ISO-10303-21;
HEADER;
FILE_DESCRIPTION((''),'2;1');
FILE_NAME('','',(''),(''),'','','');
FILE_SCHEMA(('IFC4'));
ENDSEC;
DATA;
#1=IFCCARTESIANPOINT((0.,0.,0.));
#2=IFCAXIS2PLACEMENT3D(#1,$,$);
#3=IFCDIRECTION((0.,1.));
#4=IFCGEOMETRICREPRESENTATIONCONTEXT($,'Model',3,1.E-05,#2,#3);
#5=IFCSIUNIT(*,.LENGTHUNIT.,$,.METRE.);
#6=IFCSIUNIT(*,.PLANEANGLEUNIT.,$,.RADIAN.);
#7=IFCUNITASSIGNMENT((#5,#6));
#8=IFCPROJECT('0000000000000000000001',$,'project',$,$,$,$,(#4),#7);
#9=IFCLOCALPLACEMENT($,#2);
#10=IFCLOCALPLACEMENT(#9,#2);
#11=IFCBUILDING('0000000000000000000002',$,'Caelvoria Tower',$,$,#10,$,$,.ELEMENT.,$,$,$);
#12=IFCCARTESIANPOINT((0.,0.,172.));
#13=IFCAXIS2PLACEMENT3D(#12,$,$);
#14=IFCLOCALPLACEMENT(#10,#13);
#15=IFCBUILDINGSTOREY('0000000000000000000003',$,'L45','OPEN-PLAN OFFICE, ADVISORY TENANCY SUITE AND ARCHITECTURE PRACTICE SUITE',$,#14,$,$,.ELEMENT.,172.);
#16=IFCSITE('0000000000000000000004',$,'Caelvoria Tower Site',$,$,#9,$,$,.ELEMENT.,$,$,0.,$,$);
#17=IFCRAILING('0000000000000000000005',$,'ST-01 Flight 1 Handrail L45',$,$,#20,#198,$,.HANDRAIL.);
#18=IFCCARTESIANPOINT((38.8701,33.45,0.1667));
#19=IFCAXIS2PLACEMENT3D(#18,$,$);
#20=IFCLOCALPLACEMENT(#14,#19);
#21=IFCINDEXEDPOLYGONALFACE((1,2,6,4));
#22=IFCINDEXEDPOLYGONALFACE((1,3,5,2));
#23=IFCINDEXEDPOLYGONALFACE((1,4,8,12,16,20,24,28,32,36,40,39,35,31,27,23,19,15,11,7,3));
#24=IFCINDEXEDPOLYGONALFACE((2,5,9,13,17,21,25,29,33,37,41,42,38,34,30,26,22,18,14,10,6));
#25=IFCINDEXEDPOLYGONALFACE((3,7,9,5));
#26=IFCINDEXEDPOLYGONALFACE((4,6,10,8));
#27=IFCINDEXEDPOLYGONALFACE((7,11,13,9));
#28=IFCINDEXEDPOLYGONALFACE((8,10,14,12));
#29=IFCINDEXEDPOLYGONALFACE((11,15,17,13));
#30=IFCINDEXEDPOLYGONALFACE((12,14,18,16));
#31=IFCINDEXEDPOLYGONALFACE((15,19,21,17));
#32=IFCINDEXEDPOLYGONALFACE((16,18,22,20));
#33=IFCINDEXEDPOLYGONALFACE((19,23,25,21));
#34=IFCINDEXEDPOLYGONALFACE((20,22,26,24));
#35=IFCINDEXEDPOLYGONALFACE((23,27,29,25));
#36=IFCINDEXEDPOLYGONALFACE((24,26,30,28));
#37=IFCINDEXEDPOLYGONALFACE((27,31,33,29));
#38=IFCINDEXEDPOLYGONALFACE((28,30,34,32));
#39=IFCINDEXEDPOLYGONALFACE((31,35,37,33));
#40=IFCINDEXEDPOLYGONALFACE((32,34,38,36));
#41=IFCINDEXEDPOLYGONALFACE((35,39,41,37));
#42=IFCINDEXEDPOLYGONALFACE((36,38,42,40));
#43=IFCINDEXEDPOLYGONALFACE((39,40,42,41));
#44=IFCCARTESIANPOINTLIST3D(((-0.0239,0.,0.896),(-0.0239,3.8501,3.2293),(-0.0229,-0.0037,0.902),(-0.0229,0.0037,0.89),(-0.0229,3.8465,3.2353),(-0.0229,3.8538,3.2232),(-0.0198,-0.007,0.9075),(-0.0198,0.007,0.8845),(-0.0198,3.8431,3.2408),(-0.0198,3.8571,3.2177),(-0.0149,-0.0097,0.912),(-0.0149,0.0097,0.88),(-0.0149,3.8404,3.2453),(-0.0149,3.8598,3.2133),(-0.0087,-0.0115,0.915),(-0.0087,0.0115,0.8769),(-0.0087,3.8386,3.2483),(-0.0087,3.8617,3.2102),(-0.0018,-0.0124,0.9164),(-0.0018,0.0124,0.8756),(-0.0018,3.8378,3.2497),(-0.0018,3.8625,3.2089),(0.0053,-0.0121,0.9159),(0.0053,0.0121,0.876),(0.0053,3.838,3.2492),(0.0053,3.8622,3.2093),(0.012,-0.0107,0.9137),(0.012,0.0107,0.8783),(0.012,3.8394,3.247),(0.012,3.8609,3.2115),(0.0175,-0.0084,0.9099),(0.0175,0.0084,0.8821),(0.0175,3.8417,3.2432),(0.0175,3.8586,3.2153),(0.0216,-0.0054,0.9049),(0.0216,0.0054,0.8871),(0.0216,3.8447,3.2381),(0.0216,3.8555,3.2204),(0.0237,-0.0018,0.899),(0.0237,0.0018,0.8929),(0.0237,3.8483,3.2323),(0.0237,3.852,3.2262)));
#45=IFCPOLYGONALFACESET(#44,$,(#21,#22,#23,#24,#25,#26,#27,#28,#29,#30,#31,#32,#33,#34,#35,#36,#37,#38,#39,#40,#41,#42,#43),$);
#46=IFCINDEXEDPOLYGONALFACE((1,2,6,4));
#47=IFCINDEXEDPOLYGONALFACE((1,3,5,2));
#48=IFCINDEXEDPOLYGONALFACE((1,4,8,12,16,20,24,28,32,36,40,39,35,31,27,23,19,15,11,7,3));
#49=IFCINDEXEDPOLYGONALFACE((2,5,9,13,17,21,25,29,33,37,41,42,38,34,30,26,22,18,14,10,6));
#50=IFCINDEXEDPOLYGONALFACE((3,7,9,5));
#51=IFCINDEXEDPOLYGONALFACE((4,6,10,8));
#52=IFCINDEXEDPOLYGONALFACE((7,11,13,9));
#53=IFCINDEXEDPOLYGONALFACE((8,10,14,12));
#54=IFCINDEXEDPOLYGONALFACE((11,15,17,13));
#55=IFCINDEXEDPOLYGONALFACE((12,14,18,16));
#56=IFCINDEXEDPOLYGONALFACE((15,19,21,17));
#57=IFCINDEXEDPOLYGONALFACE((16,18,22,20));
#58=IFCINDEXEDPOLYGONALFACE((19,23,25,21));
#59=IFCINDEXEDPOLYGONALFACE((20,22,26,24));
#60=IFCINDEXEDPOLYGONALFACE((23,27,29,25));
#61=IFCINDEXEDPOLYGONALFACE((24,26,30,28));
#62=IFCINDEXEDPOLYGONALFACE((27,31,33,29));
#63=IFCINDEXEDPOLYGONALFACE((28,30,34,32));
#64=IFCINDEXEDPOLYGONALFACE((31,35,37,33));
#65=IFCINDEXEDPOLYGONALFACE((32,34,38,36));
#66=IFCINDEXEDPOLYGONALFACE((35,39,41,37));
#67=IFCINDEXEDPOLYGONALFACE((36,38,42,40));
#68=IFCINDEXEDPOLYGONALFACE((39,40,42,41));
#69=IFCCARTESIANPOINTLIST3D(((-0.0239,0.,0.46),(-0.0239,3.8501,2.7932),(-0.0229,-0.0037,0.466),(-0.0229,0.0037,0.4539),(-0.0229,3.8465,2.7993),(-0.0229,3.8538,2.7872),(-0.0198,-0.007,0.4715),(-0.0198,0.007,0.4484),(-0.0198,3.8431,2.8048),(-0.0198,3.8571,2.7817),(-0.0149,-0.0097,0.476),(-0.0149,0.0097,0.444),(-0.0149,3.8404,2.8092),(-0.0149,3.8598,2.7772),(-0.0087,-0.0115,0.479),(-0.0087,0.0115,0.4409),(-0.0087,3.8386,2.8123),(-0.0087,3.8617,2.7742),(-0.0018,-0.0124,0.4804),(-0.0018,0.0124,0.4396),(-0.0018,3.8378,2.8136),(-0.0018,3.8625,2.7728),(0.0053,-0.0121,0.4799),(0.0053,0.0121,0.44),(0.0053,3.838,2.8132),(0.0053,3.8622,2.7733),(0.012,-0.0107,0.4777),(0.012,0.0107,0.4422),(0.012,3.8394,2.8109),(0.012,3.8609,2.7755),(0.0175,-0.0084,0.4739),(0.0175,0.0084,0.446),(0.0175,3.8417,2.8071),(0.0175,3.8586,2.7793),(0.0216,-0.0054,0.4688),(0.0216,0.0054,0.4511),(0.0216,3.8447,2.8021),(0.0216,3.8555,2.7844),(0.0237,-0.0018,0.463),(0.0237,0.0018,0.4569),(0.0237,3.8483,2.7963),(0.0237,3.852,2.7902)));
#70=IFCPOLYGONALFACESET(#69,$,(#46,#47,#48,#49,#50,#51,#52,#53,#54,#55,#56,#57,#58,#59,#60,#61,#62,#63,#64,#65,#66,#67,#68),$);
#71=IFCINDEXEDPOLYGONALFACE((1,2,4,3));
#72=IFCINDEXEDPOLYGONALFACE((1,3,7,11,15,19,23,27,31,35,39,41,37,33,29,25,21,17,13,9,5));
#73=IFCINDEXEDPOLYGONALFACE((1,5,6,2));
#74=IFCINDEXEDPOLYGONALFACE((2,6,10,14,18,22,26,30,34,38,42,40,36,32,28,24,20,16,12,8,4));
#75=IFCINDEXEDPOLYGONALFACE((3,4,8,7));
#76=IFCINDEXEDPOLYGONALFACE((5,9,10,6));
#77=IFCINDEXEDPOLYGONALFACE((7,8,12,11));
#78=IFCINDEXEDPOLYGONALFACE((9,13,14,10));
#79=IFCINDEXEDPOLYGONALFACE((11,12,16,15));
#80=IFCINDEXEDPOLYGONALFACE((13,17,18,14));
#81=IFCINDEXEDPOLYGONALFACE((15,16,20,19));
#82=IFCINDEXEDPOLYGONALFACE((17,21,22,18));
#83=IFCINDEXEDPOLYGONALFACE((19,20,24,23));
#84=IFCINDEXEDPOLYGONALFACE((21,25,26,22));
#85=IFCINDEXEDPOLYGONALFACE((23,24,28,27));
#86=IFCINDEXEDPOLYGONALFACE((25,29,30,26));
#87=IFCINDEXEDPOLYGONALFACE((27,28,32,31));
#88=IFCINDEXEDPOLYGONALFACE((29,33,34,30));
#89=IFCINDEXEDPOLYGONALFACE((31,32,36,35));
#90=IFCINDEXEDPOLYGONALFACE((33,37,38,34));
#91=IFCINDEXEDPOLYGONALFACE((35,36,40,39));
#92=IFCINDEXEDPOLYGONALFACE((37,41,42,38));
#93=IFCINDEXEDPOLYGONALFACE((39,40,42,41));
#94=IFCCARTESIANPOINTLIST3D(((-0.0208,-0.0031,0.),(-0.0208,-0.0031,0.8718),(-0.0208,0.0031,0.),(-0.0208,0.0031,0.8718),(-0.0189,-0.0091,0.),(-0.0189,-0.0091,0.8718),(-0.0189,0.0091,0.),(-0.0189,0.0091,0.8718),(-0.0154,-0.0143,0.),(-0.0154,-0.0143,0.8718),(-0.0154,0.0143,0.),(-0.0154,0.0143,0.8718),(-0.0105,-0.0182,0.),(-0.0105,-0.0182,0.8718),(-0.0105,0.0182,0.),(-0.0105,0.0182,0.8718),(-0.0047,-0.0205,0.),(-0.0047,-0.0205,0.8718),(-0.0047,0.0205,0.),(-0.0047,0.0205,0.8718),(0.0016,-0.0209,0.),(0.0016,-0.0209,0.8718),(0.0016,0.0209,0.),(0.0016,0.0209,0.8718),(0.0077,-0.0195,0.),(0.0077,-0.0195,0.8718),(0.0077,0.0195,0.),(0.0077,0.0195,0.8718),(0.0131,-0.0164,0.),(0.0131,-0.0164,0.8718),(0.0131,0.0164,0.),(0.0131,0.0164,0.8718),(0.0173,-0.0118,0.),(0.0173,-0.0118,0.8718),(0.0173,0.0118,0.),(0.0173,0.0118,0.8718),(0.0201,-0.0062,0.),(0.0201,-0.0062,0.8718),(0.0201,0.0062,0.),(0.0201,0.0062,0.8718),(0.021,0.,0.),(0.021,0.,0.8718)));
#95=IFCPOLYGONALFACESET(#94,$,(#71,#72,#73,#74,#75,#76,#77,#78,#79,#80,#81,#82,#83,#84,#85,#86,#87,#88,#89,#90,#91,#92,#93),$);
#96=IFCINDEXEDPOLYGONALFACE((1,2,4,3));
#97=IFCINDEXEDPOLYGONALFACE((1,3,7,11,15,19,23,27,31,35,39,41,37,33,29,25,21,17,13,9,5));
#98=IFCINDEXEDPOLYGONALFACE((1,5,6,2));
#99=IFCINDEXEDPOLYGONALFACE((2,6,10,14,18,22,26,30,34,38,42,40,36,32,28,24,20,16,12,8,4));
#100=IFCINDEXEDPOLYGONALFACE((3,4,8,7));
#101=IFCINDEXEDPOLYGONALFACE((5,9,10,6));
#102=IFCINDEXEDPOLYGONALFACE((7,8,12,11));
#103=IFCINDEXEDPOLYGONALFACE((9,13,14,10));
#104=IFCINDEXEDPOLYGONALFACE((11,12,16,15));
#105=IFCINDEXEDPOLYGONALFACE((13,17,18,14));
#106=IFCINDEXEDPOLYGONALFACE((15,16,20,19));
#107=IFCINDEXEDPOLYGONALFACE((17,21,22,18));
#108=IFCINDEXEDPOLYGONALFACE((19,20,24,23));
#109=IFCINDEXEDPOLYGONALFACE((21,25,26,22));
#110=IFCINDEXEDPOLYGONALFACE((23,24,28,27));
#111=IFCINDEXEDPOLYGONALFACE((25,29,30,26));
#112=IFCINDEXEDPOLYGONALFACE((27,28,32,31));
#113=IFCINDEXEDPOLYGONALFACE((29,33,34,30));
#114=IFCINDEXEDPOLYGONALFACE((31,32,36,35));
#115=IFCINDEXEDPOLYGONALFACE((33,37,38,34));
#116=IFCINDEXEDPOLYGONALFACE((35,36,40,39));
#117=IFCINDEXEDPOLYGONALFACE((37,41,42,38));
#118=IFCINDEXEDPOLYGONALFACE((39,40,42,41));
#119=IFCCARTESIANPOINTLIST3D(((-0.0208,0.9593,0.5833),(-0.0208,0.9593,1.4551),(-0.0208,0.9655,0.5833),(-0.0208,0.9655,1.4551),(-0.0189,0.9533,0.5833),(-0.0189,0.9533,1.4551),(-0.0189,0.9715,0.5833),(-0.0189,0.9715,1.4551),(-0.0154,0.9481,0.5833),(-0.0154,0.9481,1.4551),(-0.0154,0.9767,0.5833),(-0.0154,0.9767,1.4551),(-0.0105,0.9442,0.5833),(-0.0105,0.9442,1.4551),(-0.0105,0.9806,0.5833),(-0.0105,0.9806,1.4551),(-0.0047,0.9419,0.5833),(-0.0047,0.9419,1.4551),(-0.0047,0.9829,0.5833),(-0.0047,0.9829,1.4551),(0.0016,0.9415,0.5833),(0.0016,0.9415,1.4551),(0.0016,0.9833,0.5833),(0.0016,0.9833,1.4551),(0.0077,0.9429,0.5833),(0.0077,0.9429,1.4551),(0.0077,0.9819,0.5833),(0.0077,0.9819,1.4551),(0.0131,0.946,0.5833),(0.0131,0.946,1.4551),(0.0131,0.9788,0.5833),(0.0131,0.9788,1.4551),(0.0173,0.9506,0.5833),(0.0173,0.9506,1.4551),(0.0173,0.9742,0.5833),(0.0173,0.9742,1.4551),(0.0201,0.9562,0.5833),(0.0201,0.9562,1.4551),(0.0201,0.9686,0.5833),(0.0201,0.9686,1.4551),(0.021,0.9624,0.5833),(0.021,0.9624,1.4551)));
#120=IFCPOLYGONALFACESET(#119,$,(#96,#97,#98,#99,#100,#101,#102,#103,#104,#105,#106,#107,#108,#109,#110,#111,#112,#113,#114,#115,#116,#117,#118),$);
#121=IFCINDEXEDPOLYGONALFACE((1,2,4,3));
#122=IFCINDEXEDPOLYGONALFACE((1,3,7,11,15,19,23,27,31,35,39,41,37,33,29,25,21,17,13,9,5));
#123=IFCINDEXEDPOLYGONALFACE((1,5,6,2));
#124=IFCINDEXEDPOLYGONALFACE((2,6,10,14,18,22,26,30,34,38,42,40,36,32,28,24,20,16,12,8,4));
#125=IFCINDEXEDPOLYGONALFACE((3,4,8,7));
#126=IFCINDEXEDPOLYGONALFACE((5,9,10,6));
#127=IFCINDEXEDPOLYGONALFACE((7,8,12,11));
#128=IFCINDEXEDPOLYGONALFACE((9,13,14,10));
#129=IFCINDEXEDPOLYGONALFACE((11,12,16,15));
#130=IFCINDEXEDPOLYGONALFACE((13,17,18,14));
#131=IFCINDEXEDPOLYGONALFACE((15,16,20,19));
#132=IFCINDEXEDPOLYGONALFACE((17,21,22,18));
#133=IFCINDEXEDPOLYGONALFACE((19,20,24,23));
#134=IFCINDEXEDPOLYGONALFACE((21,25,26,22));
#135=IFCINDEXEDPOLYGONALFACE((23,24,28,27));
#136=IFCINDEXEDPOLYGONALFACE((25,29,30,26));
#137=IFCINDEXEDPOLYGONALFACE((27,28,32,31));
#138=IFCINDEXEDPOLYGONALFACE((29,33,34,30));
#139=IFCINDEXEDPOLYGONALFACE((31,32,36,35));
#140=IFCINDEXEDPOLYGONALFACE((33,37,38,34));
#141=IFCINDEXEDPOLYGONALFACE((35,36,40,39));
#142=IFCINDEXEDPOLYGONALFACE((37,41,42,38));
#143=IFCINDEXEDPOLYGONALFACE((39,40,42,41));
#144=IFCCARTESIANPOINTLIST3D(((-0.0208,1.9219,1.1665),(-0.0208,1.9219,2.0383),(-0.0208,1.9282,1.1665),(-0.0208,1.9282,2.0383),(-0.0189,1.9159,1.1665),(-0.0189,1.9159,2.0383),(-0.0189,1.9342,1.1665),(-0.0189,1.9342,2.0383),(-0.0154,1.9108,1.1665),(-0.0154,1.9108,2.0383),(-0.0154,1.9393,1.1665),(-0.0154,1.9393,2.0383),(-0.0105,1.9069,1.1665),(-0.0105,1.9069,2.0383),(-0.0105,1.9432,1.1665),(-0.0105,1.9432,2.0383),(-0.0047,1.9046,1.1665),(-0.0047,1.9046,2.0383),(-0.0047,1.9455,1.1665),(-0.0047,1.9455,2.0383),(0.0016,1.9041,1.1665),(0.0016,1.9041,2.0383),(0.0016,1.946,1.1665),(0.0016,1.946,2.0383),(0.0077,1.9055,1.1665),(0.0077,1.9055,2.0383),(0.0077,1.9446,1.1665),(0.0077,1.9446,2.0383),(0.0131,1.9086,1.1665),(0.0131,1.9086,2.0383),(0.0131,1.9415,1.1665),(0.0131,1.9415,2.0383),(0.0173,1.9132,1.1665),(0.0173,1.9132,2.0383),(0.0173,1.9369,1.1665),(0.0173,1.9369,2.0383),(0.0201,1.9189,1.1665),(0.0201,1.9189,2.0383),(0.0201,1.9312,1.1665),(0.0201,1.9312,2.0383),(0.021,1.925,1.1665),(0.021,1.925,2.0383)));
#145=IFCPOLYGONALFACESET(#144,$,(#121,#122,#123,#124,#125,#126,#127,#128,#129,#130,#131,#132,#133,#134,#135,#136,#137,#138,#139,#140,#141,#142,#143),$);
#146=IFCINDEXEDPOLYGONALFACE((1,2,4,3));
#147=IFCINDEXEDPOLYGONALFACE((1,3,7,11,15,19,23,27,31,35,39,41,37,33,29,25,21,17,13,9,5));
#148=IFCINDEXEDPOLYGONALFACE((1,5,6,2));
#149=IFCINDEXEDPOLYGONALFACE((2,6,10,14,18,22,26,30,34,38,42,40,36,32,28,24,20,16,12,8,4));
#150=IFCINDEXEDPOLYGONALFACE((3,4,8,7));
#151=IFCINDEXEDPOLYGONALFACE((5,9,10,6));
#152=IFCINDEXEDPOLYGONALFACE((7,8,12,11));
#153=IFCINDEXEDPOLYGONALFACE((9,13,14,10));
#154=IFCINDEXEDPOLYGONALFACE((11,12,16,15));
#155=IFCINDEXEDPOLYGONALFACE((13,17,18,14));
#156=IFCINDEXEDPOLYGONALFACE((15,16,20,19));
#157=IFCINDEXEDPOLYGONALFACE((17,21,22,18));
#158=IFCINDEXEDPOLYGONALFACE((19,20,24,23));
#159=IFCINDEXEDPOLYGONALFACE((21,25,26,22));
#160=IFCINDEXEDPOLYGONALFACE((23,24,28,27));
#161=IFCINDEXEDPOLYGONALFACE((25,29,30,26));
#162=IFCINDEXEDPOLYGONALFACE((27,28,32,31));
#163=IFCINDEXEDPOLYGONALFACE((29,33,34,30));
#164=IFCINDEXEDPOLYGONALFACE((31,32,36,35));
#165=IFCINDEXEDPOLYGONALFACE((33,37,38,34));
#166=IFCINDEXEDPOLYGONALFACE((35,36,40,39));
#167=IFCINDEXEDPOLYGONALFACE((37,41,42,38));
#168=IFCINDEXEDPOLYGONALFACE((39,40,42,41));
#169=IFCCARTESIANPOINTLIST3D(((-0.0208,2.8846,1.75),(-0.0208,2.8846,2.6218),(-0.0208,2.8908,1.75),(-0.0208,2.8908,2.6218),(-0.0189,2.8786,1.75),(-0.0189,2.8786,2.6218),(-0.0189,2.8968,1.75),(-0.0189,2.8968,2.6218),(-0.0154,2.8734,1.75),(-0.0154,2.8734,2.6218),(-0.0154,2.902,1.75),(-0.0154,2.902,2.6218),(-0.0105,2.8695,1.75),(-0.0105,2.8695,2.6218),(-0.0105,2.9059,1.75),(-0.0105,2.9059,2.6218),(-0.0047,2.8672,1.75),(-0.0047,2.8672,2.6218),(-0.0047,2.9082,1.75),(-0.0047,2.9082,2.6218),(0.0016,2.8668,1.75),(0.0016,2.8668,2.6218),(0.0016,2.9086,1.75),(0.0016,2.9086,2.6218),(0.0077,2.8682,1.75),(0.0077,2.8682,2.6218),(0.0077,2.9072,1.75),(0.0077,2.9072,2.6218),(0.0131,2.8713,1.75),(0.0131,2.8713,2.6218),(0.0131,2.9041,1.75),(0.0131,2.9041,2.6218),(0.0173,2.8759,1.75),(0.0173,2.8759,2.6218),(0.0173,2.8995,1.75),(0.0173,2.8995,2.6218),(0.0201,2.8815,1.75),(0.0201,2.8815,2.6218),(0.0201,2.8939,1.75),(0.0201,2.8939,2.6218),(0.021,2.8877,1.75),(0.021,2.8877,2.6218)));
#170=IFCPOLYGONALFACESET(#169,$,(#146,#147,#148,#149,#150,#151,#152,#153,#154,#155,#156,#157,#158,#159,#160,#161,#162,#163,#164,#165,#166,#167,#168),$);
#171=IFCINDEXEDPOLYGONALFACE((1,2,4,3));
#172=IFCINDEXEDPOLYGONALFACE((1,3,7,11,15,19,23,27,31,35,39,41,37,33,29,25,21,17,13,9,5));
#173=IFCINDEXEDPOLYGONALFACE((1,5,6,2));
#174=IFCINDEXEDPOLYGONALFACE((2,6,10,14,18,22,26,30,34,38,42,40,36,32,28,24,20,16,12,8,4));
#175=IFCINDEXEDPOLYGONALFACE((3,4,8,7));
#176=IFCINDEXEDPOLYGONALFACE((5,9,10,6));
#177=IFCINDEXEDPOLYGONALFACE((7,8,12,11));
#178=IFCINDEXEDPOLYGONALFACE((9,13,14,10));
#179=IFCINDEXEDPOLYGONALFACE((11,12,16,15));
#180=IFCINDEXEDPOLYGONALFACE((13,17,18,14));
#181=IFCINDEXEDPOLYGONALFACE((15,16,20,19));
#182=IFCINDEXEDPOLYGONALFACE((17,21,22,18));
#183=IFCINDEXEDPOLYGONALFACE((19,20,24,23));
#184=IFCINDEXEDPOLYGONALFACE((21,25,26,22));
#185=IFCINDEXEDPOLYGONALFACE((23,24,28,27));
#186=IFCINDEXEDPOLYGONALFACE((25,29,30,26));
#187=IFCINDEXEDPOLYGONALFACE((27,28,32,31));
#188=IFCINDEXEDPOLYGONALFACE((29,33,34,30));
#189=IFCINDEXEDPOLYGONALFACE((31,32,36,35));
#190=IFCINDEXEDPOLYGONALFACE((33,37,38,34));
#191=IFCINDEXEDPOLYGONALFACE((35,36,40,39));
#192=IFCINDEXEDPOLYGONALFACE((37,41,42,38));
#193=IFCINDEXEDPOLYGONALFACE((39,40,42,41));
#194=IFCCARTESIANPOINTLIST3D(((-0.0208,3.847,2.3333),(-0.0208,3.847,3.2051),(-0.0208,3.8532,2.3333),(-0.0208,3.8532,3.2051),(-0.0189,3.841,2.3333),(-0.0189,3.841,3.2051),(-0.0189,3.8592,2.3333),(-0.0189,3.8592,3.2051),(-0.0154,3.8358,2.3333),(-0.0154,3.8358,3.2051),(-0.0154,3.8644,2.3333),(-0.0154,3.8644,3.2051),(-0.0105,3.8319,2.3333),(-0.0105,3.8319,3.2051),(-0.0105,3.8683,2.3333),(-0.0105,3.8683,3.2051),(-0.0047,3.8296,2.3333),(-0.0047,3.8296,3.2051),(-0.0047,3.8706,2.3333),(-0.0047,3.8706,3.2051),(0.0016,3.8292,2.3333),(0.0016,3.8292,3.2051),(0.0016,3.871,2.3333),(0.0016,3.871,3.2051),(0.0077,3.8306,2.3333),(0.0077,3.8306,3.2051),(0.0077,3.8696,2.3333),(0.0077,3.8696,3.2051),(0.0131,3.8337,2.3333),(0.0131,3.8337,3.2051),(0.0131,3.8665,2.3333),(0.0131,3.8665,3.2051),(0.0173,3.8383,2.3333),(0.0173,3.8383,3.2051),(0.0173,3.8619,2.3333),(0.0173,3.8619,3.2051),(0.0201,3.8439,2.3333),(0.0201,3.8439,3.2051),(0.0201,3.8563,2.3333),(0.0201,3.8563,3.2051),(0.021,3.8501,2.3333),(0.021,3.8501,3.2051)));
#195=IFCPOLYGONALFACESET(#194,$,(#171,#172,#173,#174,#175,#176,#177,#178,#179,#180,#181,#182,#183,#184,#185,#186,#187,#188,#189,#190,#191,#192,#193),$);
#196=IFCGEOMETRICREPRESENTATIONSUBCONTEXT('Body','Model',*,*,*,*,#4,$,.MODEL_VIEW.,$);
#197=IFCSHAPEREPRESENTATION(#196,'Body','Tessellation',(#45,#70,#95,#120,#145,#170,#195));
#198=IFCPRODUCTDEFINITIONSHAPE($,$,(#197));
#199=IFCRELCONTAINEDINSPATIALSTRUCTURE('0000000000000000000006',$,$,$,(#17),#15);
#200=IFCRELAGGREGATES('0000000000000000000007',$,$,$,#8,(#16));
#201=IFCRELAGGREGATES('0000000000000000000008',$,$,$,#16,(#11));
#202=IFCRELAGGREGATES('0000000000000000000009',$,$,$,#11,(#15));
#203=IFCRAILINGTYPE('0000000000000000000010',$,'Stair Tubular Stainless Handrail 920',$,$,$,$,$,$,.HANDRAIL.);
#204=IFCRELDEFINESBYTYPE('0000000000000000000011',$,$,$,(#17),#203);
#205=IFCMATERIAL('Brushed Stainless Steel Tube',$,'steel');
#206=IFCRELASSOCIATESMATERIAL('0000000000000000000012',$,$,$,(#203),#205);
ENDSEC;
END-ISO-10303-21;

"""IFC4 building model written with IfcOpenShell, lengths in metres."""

from ifc_helpers import new_model, si_unit, direction, frame, origin, origin_2d, place, context, subcontext, project, spatial, circle, extrude, material, type_object, element, save


model = new_model("IFC4")

# Units and contexts
model_context = context("Model", 3, precision=1e-05, world=origin(), true_north=direction((0.0, 1.0)))
body_context = subcontext(model_context, "Body", "Model", "MODEL_VIEW")
ifc_project = project(units=[si_unit("LENGTHUNIT", "METRE"), si_unit("PLANEANGLEUNIT", "RADIAN")], contexts=[model_context])

# Site, building, storey
site_placement = place(None, origin())
site = spatial("IfcSite", under=ifc_project, at=site_placement, Name="Caelvoria Tower Site", CompositionType="ELEMENT", RefElevation=0.0)
building_placement = place(site_placement, origin())
building = spatial("IfcBuilding", under=site, at=building_placement, Name="Caelvoria Tower", CompositionType="ELEMENT")
storey_placement = place(building_placement, frame((0.0, 0.0, 172.0)))
storey = spatial("IfcBuildingStorey", under=building, at=storey_placement, Name="L45", Description="OPEN-PLAN OFFICE, ADVISORY TENANCY SUITE AND ARCHITECTURE PRACTICE SUITE", CompositionType="ELEMENT", Elevation=172.0)

# Railing
ifc_material_1 = material(Name="Brushed Stainless Steel Tube", Category="steel")
railing_type_1 = type_object("IfcRailingType", Name="Stair Tubular Stainless Handrail 920", PredefinedType="HANDRAIL", material=ifc_material_1)
railing_1_placement = place(storey_placement, frame((38.8701, 33.45, 0.1667)))
element("IfcRailing", 1, at=railing_1_placement, inside=storey, type_object=railing_type_1, Name="ST-01 Flight 1 Handrail L45", PredefinedType="HANDRAIL", context=body_context, shape_type="SweptSolid", body=[
    extrude(circle(Radius=0.0239, at=origin_2d()), frame((0.0, 0.0, 0.896), z_axis=(0.0, 0.855212, 0.518279), x_axis=(-1.0, 0.0, 0.0)), (0.0, 0.0, 1.0), 4.502),
    extrude(circle(Radius=0.0239, at=origin_2d()), frame((0.0, 0.0, 0.46), z_axis=(0.0, 0.855212, 0.518279), x_axis=(-1.0, 0.0, 0.0)), (0.0, 0.0, 1.0), 4.502),
    extrude(circle(Radius=0.021, at=origin_2d()), origin(), (0.0, 0.0, 1.0), 0.8718),
    extrude(circle(Radius=0.021, at=origin_2d()), frame((0.0, 0.9624, 0.5833)), (0.0, 0.0, 1.0), 0.8718),
    extrude(circle(Radius=0.021, at=origin_2d()), frame((0.0, 1.925, 1.1665)), (0.0, 0.0, 1.0), 0.8718),
    extrude(circle(Radius=0.021, at=origin_2d()), frame((0.0, 2.8877, 1.75)), (0.0, 0.0, 1.0), 0.8718),
    extrude(circle(Radius=0.021, at=origin_2d()), frame((0.0, 3.8501, 2.3333)), (0.0, 0.0, 1.0), 0.8718),
])

save(model, "model.ifc")
